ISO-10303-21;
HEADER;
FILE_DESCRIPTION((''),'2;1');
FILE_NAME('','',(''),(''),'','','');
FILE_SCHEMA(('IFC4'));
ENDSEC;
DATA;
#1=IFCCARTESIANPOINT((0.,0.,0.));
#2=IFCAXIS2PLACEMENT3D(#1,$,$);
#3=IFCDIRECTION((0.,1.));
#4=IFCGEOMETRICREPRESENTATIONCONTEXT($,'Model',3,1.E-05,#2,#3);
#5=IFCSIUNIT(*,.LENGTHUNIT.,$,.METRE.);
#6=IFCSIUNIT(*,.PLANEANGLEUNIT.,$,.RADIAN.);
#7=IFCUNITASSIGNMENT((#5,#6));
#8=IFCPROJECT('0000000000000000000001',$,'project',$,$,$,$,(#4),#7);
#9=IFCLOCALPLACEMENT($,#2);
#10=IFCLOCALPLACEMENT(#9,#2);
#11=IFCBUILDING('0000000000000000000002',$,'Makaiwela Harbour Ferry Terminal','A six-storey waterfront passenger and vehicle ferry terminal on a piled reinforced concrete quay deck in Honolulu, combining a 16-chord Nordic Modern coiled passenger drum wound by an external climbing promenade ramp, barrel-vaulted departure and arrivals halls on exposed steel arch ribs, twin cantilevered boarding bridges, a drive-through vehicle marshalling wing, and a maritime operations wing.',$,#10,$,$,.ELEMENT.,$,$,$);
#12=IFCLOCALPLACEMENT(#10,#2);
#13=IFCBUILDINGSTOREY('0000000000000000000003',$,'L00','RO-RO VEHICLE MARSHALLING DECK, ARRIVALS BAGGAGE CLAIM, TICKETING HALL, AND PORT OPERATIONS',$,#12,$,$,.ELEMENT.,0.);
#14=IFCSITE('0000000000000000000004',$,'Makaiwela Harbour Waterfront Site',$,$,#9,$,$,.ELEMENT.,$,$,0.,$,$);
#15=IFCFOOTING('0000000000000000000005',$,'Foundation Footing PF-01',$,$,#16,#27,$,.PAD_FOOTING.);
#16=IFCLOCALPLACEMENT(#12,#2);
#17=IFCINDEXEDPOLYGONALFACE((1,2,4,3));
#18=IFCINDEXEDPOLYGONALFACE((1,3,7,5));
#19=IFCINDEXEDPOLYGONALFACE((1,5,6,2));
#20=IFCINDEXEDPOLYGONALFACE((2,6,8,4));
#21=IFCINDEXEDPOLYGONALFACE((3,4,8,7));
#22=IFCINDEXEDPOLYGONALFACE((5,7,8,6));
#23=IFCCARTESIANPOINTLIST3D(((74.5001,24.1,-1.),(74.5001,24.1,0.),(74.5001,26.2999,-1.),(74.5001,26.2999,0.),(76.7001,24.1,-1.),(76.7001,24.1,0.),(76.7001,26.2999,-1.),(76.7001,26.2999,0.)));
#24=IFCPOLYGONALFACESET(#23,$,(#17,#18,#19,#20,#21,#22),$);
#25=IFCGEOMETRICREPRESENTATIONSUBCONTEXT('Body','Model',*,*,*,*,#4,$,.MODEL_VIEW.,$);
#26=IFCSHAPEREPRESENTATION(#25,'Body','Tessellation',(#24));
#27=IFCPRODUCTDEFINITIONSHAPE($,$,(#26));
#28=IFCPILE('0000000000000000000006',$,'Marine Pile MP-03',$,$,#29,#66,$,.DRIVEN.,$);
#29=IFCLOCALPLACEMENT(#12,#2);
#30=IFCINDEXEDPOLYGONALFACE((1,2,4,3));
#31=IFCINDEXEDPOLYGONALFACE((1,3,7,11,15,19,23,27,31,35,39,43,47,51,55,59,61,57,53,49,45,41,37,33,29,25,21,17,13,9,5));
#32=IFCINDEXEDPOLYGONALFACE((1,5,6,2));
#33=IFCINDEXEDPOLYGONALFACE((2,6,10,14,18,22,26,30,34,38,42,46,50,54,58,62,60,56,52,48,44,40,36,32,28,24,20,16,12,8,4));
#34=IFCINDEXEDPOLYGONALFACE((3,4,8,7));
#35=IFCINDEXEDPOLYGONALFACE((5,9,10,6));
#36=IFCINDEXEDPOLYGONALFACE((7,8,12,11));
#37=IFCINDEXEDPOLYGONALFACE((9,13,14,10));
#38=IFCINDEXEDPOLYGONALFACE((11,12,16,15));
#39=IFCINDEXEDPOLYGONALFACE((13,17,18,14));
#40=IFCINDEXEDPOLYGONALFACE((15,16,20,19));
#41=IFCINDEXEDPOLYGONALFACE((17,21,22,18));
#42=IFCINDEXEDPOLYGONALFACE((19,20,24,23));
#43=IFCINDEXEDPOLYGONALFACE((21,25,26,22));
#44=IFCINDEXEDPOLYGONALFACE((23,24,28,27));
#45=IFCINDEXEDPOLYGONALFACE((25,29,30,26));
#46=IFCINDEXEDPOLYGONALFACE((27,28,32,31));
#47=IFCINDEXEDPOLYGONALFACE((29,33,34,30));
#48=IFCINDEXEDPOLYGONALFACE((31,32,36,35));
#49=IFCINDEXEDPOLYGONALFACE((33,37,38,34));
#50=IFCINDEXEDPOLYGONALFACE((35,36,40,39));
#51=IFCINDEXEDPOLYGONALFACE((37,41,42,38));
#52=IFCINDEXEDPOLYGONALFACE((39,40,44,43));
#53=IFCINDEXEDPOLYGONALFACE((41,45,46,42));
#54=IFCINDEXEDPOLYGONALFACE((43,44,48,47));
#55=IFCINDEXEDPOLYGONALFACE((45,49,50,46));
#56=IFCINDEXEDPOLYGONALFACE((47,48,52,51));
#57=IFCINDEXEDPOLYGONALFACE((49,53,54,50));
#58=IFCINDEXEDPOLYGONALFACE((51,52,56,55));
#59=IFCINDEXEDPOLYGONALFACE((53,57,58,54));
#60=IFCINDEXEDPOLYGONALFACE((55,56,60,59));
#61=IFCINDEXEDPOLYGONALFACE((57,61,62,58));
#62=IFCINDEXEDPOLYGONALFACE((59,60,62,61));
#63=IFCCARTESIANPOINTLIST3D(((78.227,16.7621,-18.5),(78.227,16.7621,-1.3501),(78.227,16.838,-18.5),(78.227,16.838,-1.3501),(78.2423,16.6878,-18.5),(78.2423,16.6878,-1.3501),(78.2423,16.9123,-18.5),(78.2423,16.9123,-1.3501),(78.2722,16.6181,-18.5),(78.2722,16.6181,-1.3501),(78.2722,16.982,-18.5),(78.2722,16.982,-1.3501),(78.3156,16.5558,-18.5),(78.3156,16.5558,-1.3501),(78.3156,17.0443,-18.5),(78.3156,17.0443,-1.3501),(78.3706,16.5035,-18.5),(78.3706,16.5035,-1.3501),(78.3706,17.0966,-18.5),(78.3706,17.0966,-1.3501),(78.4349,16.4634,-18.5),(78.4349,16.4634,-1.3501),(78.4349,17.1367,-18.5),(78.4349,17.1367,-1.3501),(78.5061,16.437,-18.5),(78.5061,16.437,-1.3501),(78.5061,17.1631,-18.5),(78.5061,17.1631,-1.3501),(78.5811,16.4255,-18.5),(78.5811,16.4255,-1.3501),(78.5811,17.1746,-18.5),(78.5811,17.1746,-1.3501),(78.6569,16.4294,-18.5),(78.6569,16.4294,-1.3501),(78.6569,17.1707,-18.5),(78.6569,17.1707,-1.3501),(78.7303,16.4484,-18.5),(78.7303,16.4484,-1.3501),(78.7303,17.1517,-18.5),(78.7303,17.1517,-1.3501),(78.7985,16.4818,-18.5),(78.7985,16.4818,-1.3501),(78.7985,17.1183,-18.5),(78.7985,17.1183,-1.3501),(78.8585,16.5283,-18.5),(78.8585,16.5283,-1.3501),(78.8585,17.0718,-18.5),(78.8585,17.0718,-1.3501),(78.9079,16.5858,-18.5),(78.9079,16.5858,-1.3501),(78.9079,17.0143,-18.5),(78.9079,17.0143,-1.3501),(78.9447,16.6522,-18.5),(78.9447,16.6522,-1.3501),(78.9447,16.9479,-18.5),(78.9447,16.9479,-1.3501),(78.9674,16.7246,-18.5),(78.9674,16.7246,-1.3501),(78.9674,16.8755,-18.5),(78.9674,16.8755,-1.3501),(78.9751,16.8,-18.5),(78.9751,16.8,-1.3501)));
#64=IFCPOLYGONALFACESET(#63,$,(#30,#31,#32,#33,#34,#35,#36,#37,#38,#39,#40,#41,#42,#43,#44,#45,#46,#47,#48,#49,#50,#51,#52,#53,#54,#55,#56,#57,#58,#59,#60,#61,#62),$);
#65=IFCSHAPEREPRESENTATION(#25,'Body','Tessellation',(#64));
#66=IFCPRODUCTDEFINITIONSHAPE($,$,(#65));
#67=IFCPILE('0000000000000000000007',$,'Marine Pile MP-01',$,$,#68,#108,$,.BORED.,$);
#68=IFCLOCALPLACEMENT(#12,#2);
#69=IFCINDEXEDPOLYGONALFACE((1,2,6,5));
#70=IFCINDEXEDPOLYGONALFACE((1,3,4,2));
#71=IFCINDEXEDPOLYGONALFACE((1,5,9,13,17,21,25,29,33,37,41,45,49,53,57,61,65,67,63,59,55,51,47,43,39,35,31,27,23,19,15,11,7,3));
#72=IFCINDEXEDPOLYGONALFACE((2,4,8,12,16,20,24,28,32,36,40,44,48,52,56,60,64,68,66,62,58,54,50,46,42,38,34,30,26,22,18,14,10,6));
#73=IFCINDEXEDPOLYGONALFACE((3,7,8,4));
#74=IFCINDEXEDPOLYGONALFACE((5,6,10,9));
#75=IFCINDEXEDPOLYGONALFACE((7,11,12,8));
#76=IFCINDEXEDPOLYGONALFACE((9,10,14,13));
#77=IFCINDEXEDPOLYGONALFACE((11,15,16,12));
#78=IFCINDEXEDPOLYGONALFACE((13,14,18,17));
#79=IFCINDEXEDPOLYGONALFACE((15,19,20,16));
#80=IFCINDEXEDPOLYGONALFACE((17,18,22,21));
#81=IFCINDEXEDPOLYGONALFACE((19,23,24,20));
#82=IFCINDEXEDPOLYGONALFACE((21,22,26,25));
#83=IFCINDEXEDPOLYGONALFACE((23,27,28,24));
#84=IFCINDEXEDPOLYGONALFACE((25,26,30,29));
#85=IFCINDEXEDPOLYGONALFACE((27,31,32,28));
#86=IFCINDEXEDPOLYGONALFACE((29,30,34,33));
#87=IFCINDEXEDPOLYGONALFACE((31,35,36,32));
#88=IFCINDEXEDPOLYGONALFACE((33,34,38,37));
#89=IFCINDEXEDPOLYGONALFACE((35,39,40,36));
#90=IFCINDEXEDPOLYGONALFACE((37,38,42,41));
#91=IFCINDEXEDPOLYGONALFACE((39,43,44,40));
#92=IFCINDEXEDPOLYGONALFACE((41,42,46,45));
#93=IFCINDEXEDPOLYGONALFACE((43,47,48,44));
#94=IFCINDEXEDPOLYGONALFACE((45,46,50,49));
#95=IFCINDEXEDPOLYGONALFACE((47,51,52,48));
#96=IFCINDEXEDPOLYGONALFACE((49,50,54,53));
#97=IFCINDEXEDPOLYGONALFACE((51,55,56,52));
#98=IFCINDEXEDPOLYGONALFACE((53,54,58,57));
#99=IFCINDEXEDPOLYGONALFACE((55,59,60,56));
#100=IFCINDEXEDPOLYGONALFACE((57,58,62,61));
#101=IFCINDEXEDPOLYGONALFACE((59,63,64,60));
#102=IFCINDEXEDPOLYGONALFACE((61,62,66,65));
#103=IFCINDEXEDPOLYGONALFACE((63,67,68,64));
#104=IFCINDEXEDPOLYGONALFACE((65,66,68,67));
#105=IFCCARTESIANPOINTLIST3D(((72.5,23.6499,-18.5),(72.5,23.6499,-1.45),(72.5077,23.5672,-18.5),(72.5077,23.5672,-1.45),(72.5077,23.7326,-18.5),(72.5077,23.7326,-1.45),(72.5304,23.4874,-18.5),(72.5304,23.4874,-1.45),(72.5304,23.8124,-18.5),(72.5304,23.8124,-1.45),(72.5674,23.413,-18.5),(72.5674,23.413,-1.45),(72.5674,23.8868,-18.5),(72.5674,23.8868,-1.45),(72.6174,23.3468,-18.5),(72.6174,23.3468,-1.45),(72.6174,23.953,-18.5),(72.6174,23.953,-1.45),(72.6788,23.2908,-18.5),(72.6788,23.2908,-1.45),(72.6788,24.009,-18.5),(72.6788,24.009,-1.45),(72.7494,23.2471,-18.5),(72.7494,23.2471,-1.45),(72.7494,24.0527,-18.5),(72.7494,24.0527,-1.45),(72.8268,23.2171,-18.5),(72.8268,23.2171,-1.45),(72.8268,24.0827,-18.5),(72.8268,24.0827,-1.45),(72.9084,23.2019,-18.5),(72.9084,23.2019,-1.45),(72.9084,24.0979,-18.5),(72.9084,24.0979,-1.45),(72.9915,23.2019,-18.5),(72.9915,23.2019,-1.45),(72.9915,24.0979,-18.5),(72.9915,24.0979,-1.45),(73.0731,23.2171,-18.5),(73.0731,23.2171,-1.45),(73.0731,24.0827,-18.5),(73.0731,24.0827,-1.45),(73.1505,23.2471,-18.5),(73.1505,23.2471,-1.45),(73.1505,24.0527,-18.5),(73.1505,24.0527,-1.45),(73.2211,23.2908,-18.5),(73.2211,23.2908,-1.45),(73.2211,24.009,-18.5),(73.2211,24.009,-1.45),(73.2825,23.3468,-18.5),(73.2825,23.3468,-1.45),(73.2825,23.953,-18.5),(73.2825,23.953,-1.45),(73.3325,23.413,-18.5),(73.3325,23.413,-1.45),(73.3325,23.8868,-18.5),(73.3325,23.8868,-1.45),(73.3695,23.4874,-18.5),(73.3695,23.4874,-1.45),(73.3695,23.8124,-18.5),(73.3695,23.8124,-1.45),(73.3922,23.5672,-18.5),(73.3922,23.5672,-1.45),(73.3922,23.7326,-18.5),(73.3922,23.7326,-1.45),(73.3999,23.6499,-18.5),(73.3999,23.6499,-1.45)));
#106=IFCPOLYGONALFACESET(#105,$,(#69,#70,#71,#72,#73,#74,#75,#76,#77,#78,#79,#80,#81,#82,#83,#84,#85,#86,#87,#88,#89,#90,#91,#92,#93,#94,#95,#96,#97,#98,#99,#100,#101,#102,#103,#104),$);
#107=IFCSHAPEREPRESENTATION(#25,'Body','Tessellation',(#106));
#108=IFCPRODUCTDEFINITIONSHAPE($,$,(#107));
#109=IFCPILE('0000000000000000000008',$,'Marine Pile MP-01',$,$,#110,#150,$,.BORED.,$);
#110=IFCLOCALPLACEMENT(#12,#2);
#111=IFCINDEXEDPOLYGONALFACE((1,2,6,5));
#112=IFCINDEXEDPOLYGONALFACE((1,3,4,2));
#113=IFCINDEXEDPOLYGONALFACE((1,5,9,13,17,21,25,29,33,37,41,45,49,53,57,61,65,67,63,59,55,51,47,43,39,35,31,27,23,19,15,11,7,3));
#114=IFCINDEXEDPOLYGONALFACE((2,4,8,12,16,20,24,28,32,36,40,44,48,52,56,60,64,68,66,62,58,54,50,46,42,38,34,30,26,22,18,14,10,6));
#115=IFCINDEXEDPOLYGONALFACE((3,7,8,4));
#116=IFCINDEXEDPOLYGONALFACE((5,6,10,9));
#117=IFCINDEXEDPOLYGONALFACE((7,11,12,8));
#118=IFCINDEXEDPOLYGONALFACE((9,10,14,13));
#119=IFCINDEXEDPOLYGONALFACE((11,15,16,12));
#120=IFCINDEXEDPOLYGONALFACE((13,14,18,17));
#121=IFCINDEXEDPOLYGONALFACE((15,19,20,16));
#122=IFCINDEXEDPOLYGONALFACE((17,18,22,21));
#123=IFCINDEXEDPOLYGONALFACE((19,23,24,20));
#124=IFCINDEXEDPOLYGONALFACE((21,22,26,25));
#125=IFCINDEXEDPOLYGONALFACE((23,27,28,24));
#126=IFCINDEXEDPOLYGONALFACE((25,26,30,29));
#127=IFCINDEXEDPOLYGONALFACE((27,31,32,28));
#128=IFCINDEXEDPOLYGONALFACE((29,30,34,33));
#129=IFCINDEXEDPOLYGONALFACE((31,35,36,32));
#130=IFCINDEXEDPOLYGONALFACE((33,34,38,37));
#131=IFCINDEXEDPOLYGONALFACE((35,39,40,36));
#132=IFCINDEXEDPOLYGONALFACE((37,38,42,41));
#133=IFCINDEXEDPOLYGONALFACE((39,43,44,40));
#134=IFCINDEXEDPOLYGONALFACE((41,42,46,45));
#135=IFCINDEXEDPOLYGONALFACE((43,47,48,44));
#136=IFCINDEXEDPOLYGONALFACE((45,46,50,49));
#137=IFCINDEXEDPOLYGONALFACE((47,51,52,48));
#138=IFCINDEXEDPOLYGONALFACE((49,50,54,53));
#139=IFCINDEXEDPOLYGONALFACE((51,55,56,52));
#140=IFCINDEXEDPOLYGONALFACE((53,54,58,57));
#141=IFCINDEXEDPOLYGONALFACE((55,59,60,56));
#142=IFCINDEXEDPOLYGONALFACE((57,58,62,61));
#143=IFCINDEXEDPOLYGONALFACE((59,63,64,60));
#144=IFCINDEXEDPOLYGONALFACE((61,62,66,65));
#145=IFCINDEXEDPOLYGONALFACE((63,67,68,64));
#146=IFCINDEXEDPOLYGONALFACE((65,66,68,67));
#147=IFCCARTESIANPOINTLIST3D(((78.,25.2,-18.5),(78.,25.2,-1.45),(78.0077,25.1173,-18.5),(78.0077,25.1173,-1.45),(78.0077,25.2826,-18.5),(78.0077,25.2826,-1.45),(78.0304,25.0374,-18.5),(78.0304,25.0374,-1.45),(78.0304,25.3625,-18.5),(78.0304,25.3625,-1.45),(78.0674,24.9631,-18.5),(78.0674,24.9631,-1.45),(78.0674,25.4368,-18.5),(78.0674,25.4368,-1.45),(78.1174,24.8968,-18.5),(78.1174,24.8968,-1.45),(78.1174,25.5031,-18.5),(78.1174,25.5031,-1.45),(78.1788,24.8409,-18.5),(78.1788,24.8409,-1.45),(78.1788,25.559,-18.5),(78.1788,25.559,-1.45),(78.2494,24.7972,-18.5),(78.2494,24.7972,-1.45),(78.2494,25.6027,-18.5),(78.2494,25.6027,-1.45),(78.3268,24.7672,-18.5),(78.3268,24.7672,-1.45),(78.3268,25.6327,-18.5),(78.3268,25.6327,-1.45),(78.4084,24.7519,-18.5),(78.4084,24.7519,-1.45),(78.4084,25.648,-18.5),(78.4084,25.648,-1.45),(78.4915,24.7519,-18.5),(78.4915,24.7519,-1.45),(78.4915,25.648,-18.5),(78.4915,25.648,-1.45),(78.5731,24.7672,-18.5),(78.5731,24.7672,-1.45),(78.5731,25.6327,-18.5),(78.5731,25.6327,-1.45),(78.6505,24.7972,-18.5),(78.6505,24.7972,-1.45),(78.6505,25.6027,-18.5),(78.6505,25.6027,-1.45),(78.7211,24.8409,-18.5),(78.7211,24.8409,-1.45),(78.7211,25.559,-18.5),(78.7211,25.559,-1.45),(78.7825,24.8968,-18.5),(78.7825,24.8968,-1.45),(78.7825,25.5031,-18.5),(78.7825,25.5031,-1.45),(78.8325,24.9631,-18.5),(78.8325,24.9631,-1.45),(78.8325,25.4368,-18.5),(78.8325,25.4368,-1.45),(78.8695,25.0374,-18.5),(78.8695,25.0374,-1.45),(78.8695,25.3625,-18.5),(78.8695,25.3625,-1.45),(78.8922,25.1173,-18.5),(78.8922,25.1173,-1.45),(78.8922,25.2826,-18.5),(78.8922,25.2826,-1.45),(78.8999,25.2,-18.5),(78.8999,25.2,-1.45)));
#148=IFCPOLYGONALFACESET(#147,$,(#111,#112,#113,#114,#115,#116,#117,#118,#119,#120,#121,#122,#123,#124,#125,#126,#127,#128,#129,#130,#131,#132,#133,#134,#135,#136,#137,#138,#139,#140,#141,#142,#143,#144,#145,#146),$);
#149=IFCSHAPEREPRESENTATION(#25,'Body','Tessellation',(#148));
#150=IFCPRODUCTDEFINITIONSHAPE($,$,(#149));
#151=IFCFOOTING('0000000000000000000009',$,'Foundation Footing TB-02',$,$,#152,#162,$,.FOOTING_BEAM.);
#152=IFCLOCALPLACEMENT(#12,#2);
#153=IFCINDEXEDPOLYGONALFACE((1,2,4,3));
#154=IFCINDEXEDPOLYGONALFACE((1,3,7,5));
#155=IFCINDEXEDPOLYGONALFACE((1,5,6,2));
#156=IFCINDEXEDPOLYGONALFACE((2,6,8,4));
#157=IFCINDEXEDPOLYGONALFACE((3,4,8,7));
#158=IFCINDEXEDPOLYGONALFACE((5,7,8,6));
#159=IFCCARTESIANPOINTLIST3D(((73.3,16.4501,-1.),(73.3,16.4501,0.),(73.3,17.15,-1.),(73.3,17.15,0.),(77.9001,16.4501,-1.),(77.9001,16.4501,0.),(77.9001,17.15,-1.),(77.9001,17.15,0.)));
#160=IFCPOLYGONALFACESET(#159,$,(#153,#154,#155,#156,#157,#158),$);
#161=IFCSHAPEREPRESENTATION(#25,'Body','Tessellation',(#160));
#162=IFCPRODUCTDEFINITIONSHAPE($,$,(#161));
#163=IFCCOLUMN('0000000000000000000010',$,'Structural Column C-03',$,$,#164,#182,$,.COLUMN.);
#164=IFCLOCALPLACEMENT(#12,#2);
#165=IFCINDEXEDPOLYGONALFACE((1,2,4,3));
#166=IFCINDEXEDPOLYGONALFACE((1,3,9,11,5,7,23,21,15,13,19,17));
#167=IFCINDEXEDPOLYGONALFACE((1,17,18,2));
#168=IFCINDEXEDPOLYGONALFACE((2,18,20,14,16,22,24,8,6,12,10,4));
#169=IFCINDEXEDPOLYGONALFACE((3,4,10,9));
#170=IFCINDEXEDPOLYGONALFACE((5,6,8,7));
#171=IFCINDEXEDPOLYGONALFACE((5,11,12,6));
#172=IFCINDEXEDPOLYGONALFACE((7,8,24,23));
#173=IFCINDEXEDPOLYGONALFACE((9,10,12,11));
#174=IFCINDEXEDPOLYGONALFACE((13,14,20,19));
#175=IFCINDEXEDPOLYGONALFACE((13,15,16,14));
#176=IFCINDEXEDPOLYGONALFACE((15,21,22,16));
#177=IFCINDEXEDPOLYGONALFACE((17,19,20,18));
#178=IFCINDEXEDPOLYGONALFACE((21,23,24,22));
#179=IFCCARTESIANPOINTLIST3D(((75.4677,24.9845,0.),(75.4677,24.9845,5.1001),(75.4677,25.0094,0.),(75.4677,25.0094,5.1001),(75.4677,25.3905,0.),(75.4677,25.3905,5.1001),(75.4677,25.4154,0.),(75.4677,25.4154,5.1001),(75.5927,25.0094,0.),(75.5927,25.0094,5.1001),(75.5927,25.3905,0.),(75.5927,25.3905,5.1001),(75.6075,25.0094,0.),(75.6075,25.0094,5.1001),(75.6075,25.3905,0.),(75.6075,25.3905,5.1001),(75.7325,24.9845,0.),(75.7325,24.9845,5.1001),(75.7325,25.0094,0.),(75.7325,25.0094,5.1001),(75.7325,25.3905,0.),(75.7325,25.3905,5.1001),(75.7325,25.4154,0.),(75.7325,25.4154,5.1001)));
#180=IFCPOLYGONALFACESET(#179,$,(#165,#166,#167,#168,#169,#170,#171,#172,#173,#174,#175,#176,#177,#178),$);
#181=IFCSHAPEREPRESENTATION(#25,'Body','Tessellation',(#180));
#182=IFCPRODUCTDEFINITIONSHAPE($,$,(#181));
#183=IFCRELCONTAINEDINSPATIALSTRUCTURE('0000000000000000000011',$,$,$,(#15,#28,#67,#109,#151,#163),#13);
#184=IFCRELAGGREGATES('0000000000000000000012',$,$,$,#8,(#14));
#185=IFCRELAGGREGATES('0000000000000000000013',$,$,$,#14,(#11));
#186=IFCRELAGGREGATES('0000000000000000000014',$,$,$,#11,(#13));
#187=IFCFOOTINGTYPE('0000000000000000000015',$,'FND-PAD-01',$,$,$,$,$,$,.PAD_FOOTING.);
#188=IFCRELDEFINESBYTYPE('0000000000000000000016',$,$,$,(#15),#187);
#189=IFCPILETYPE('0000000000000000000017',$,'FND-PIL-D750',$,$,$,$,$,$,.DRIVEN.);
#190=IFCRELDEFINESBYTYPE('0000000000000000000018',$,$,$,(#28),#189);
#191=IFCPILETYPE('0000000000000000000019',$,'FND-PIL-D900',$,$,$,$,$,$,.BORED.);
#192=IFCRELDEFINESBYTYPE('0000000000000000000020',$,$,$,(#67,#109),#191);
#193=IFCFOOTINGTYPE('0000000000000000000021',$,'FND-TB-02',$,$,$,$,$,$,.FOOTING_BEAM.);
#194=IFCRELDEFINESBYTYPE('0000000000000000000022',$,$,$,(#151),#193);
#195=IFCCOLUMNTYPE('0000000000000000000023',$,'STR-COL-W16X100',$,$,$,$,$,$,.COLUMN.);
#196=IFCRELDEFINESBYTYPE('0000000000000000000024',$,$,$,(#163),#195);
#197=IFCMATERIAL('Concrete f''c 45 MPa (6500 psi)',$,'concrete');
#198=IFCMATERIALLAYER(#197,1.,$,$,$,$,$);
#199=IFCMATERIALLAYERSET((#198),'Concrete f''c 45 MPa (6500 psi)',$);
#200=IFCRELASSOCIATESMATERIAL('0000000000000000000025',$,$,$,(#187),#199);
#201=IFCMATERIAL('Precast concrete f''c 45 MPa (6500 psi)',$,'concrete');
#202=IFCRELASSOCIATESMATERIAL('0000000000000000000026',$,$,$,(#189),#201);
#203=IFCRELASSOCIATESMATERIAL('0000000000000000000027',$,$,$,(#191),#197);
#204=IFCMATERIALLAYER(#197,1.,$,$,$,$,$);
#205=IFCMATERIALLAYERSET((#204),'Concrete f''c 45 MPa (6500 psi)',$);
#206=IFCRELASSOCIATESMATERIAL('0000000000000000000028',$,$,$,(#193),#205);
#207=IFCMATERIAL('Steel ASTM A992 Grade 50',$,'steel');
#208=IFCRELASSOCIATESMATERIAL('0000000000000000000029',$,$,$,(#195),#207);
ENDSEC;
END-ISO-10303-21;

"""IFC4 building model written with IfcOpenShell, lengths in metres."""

from ifc_helpers import new_model, si_unit, direction, frame, origin, origin_2d, place, context, subcontext, project, spatial, rectangle, circle, i_section, extrude, material, layer, layer_set, material_profile, profile_set, type_object, element, save


model = new_model("IFC4")

# Units and contexts
model_context = context("Model", 3, precision=1e-05, world=origin(), true_north=direction((0.0, 1.0)))
body_context = subcontext(model_context, "Body", "Model", "MODEL_VIEW")
ifc_project = project(units=[si_unit("LENGTHUNIT", "METRE"), si_unit("PLANEANGLEUNIT", "RADIAN")], contexts=[model_context])

# Site, building, storey
site_placement = place(None, origin())
site = spatial("IfcSite", under=ifc_project, at=site_placement, Name="Makaiwela Harbour Waterfront Site", CompositionType="ELEMENT", RefElevation=0.0)
building_placement = place(site_placement, origin())
building = spatial("IfcBuilding", under=site, at=building_placement, Name="Makaiwela Harbour Ferry Terminal", Description="A six-storey waterfront passenger and vehicle ferry terminal on a piled reinforced concrete quay deck in Honolulu, combining a 16-chord Nordic Modern coiled passenger drum wound by an external climbing promenade ramp, barrel-vaulted departure and arrivals halls on exposed steel arch ribs, twin cantilevered boarding bridges, a drive-through vehicle marshalling wing, and a maritime operations wing.", CompositionType="ELEMENT")
storey_placement = place(building_placement, origin())
storey = spatial("IfcBuildingStorey", under=building, at=storey_placement, Name="L00", Description="RO-RO VEHICLE MARSHALLING DECK, ARRIVALS BAGGAGE CLAIM, TICKETING HALL, AND PORT OPERATIONS", CompositionType="ELEMENT", Elevation=0.0)

# Footing
ifc_material_1 = material(Name="Concrete f'c 45 MPa (6500 psi)", Category="concrete")
ifc_layer_1 = layer(ifc_material_1, 1.0)
ifc_layer_set_1 = layer_set([ifc_layer_1], Name="Concrete f'c 45 MPa (6500 psi)")
footing_type_1 = type_object("IfcFootingType", Name="FND-PAD-01", PredefinedType="PAD_FOOTING", material=ifc_layer_set_1)
footing_1_placement = place(storey_placement, frame((75.6001, 25.2, -1.0), z_axis=(0.0, 0.0, 1.0), x_axis=(1.0, 0.0, 0.0)))
element("IfcFooting", 1, at=footing_1_placement, inside=storey, type_object=footing_type_1, Name="Foundation Footing PF-01", PredefinedType="PAD_FOOTING", context=body_context, shape_type="SweptSolid", body=[
    extrude(rectangle(XDim=2.2, YDim=2.2, at=origin_2d()), origin(), (0.0, 0.0, 1.0), 1.0),
])

# Piles
ifc_material_2 = material(Name="Precast concrete f'c 45 MPa (6500 psi)", Category="concrete")
ifc_material_profile_1 = material_profile(ifc_material_2, circle(Radius=0.375, at=origin_2d()), Name="PILE-D750")
ifc_profile_set_1 = profile_set([ifc_material_profile_1], Name="Precast concrete f'c 45 MPa (6500 psi)")
pile_type_1 = type_object("IfcPileType", Name="FND-PIL-D750", PredefinedType="DRIVEN", material=ifc_profile_set_1)
pile_placement = place(storey_placement, frame((78.6001, 16.8, -1.3501), z_axis=(0.0, 0.0, -1.0), x_axis=(1.0, 0.0, 0.0)))
element("IfcPile", 2, at=pile_placement, inside=storey, type_object=pile_type_1, Name="Marine Pile MP-03", PredefinedType="DRIVEN", context=body_context, shape_type="SweptSolid", body=[
    extrude(circle(Radius=0.375, at=origin_2d()), origin(), (0.0, 0.0, 1.0), 17.1499),
])
ifc_material_profile_2 = material_profile(ifc_material_1, circle(Radius=0.45, at=origin_2d()), Name="PILE-D900")
ifc_profile_set_2 = profile_set([ifc_material_profile_2], Name="Concrete f'c 45 MPa (6500 psi)")
pile_type_2 = type_object("IfcPileType", Name="FND-PIL-D900", PredefinedType="BORED", material=ifc_profile_set_2)
for number, where, z_axis, x_axis, name in (
    (3, (72.95, 23.6499, -1.45), (0.0, 0.0, -1.0), (1.0, 0.0, 0.0), "Marine Pile MP-01"),
    (4, (78.45, 25.2, -1.45), (0.0, 0.0, -1.0), (1.0, 0.0, 0.0), "Marine Pile MP-01"),
):
    element("IfcPile", number, at=place(storey_placement, frame(where, z_axis=z_axis, x_axis=x_axis)), inside=storey, type_object=pile_type_2, Name=name, PredefinedType="BORED", context=body_context, shape_type="SweptSolid", body=[
        extrude(circle(Radius=0.45, at=origin_2d()), origin(), (0.0, 0.0, 1.0), 17.05),
    ])

# Footing
ifc_layer_2 = layer(ifc_material_1, 1.0)
ifc_layer_set_2 = layer_set([ifc_layer_2], Name="Concrete f'c 45 MPa (6500 psi)")
footing_type_2 = type_object("IfcFootingType", Name="FND-TB-02", PredefinedType="FOOTING_BEAM", material=ifc_layer_set_2)
footing_2_placement = place(storey_placement, frame((75.6001, 16.8, -1.0), z_axis=(0.0, 0.0, 1.0), x_axis=(1.0, 0.0, 0.0)))
element("IfcFooting", 5, at=footing_2_placement, inside=storey, type_object=footing_type_2, Name="Foundation Footing TB-02", PredefinedType="FOOTING_BEAM", context=body_context, shape_type="SweptSolid", body=[
    extrude(rectangle(XDim=4.6001, YDim=0.7, at=origin_2d()), origin(), (0.0, 0.0, 1.0), 1.0),
])

# Column
ifc_material_3 = material(Name="Steel ASTM A992 Grade 50", Category="steel")
ifc_material_profile_3 = material_profile(ifc_material_3, i_section(OverallWidth=0.2649, OverallDepth=0.4309, WebThickness=0.0149, FlangeThickness=0.0249, at=origin_2d()), Name="W16X100")
ifc_profile_set_3 = profile_set([ifc_material_profile_3], Name="Steel ASTM A992 Grade 50")
column_type = type_object("IfcColumnType", Name="STR-COL-W16X100", PredefinedType="COLUMN", material=ifc_profile_set_3)
column_placement = place(storey_placement, frame((75.6001, 25.2, 0.0), z_axis=(0.0, 0.0, 1.0), x_axis=(1.0, 0.0, 0.0)))
element("IfcColumn", 6, at=column_placement, inside=storey, type_object=column_type, Name="Structural Column C-03", PredefinedType="COLUMN", context=body_context, shape_type="SweptSolid", body=[
    extrude(i_section(OverallWidth=0.2649, OverallDepth=0.4309, WebThickness=0.0149, FlangeThickness=0.0249, at=origin_2d()), origin(), (0.0, 0.0, 1.0), 5.1001),
])

save(model, "model.ifc")
